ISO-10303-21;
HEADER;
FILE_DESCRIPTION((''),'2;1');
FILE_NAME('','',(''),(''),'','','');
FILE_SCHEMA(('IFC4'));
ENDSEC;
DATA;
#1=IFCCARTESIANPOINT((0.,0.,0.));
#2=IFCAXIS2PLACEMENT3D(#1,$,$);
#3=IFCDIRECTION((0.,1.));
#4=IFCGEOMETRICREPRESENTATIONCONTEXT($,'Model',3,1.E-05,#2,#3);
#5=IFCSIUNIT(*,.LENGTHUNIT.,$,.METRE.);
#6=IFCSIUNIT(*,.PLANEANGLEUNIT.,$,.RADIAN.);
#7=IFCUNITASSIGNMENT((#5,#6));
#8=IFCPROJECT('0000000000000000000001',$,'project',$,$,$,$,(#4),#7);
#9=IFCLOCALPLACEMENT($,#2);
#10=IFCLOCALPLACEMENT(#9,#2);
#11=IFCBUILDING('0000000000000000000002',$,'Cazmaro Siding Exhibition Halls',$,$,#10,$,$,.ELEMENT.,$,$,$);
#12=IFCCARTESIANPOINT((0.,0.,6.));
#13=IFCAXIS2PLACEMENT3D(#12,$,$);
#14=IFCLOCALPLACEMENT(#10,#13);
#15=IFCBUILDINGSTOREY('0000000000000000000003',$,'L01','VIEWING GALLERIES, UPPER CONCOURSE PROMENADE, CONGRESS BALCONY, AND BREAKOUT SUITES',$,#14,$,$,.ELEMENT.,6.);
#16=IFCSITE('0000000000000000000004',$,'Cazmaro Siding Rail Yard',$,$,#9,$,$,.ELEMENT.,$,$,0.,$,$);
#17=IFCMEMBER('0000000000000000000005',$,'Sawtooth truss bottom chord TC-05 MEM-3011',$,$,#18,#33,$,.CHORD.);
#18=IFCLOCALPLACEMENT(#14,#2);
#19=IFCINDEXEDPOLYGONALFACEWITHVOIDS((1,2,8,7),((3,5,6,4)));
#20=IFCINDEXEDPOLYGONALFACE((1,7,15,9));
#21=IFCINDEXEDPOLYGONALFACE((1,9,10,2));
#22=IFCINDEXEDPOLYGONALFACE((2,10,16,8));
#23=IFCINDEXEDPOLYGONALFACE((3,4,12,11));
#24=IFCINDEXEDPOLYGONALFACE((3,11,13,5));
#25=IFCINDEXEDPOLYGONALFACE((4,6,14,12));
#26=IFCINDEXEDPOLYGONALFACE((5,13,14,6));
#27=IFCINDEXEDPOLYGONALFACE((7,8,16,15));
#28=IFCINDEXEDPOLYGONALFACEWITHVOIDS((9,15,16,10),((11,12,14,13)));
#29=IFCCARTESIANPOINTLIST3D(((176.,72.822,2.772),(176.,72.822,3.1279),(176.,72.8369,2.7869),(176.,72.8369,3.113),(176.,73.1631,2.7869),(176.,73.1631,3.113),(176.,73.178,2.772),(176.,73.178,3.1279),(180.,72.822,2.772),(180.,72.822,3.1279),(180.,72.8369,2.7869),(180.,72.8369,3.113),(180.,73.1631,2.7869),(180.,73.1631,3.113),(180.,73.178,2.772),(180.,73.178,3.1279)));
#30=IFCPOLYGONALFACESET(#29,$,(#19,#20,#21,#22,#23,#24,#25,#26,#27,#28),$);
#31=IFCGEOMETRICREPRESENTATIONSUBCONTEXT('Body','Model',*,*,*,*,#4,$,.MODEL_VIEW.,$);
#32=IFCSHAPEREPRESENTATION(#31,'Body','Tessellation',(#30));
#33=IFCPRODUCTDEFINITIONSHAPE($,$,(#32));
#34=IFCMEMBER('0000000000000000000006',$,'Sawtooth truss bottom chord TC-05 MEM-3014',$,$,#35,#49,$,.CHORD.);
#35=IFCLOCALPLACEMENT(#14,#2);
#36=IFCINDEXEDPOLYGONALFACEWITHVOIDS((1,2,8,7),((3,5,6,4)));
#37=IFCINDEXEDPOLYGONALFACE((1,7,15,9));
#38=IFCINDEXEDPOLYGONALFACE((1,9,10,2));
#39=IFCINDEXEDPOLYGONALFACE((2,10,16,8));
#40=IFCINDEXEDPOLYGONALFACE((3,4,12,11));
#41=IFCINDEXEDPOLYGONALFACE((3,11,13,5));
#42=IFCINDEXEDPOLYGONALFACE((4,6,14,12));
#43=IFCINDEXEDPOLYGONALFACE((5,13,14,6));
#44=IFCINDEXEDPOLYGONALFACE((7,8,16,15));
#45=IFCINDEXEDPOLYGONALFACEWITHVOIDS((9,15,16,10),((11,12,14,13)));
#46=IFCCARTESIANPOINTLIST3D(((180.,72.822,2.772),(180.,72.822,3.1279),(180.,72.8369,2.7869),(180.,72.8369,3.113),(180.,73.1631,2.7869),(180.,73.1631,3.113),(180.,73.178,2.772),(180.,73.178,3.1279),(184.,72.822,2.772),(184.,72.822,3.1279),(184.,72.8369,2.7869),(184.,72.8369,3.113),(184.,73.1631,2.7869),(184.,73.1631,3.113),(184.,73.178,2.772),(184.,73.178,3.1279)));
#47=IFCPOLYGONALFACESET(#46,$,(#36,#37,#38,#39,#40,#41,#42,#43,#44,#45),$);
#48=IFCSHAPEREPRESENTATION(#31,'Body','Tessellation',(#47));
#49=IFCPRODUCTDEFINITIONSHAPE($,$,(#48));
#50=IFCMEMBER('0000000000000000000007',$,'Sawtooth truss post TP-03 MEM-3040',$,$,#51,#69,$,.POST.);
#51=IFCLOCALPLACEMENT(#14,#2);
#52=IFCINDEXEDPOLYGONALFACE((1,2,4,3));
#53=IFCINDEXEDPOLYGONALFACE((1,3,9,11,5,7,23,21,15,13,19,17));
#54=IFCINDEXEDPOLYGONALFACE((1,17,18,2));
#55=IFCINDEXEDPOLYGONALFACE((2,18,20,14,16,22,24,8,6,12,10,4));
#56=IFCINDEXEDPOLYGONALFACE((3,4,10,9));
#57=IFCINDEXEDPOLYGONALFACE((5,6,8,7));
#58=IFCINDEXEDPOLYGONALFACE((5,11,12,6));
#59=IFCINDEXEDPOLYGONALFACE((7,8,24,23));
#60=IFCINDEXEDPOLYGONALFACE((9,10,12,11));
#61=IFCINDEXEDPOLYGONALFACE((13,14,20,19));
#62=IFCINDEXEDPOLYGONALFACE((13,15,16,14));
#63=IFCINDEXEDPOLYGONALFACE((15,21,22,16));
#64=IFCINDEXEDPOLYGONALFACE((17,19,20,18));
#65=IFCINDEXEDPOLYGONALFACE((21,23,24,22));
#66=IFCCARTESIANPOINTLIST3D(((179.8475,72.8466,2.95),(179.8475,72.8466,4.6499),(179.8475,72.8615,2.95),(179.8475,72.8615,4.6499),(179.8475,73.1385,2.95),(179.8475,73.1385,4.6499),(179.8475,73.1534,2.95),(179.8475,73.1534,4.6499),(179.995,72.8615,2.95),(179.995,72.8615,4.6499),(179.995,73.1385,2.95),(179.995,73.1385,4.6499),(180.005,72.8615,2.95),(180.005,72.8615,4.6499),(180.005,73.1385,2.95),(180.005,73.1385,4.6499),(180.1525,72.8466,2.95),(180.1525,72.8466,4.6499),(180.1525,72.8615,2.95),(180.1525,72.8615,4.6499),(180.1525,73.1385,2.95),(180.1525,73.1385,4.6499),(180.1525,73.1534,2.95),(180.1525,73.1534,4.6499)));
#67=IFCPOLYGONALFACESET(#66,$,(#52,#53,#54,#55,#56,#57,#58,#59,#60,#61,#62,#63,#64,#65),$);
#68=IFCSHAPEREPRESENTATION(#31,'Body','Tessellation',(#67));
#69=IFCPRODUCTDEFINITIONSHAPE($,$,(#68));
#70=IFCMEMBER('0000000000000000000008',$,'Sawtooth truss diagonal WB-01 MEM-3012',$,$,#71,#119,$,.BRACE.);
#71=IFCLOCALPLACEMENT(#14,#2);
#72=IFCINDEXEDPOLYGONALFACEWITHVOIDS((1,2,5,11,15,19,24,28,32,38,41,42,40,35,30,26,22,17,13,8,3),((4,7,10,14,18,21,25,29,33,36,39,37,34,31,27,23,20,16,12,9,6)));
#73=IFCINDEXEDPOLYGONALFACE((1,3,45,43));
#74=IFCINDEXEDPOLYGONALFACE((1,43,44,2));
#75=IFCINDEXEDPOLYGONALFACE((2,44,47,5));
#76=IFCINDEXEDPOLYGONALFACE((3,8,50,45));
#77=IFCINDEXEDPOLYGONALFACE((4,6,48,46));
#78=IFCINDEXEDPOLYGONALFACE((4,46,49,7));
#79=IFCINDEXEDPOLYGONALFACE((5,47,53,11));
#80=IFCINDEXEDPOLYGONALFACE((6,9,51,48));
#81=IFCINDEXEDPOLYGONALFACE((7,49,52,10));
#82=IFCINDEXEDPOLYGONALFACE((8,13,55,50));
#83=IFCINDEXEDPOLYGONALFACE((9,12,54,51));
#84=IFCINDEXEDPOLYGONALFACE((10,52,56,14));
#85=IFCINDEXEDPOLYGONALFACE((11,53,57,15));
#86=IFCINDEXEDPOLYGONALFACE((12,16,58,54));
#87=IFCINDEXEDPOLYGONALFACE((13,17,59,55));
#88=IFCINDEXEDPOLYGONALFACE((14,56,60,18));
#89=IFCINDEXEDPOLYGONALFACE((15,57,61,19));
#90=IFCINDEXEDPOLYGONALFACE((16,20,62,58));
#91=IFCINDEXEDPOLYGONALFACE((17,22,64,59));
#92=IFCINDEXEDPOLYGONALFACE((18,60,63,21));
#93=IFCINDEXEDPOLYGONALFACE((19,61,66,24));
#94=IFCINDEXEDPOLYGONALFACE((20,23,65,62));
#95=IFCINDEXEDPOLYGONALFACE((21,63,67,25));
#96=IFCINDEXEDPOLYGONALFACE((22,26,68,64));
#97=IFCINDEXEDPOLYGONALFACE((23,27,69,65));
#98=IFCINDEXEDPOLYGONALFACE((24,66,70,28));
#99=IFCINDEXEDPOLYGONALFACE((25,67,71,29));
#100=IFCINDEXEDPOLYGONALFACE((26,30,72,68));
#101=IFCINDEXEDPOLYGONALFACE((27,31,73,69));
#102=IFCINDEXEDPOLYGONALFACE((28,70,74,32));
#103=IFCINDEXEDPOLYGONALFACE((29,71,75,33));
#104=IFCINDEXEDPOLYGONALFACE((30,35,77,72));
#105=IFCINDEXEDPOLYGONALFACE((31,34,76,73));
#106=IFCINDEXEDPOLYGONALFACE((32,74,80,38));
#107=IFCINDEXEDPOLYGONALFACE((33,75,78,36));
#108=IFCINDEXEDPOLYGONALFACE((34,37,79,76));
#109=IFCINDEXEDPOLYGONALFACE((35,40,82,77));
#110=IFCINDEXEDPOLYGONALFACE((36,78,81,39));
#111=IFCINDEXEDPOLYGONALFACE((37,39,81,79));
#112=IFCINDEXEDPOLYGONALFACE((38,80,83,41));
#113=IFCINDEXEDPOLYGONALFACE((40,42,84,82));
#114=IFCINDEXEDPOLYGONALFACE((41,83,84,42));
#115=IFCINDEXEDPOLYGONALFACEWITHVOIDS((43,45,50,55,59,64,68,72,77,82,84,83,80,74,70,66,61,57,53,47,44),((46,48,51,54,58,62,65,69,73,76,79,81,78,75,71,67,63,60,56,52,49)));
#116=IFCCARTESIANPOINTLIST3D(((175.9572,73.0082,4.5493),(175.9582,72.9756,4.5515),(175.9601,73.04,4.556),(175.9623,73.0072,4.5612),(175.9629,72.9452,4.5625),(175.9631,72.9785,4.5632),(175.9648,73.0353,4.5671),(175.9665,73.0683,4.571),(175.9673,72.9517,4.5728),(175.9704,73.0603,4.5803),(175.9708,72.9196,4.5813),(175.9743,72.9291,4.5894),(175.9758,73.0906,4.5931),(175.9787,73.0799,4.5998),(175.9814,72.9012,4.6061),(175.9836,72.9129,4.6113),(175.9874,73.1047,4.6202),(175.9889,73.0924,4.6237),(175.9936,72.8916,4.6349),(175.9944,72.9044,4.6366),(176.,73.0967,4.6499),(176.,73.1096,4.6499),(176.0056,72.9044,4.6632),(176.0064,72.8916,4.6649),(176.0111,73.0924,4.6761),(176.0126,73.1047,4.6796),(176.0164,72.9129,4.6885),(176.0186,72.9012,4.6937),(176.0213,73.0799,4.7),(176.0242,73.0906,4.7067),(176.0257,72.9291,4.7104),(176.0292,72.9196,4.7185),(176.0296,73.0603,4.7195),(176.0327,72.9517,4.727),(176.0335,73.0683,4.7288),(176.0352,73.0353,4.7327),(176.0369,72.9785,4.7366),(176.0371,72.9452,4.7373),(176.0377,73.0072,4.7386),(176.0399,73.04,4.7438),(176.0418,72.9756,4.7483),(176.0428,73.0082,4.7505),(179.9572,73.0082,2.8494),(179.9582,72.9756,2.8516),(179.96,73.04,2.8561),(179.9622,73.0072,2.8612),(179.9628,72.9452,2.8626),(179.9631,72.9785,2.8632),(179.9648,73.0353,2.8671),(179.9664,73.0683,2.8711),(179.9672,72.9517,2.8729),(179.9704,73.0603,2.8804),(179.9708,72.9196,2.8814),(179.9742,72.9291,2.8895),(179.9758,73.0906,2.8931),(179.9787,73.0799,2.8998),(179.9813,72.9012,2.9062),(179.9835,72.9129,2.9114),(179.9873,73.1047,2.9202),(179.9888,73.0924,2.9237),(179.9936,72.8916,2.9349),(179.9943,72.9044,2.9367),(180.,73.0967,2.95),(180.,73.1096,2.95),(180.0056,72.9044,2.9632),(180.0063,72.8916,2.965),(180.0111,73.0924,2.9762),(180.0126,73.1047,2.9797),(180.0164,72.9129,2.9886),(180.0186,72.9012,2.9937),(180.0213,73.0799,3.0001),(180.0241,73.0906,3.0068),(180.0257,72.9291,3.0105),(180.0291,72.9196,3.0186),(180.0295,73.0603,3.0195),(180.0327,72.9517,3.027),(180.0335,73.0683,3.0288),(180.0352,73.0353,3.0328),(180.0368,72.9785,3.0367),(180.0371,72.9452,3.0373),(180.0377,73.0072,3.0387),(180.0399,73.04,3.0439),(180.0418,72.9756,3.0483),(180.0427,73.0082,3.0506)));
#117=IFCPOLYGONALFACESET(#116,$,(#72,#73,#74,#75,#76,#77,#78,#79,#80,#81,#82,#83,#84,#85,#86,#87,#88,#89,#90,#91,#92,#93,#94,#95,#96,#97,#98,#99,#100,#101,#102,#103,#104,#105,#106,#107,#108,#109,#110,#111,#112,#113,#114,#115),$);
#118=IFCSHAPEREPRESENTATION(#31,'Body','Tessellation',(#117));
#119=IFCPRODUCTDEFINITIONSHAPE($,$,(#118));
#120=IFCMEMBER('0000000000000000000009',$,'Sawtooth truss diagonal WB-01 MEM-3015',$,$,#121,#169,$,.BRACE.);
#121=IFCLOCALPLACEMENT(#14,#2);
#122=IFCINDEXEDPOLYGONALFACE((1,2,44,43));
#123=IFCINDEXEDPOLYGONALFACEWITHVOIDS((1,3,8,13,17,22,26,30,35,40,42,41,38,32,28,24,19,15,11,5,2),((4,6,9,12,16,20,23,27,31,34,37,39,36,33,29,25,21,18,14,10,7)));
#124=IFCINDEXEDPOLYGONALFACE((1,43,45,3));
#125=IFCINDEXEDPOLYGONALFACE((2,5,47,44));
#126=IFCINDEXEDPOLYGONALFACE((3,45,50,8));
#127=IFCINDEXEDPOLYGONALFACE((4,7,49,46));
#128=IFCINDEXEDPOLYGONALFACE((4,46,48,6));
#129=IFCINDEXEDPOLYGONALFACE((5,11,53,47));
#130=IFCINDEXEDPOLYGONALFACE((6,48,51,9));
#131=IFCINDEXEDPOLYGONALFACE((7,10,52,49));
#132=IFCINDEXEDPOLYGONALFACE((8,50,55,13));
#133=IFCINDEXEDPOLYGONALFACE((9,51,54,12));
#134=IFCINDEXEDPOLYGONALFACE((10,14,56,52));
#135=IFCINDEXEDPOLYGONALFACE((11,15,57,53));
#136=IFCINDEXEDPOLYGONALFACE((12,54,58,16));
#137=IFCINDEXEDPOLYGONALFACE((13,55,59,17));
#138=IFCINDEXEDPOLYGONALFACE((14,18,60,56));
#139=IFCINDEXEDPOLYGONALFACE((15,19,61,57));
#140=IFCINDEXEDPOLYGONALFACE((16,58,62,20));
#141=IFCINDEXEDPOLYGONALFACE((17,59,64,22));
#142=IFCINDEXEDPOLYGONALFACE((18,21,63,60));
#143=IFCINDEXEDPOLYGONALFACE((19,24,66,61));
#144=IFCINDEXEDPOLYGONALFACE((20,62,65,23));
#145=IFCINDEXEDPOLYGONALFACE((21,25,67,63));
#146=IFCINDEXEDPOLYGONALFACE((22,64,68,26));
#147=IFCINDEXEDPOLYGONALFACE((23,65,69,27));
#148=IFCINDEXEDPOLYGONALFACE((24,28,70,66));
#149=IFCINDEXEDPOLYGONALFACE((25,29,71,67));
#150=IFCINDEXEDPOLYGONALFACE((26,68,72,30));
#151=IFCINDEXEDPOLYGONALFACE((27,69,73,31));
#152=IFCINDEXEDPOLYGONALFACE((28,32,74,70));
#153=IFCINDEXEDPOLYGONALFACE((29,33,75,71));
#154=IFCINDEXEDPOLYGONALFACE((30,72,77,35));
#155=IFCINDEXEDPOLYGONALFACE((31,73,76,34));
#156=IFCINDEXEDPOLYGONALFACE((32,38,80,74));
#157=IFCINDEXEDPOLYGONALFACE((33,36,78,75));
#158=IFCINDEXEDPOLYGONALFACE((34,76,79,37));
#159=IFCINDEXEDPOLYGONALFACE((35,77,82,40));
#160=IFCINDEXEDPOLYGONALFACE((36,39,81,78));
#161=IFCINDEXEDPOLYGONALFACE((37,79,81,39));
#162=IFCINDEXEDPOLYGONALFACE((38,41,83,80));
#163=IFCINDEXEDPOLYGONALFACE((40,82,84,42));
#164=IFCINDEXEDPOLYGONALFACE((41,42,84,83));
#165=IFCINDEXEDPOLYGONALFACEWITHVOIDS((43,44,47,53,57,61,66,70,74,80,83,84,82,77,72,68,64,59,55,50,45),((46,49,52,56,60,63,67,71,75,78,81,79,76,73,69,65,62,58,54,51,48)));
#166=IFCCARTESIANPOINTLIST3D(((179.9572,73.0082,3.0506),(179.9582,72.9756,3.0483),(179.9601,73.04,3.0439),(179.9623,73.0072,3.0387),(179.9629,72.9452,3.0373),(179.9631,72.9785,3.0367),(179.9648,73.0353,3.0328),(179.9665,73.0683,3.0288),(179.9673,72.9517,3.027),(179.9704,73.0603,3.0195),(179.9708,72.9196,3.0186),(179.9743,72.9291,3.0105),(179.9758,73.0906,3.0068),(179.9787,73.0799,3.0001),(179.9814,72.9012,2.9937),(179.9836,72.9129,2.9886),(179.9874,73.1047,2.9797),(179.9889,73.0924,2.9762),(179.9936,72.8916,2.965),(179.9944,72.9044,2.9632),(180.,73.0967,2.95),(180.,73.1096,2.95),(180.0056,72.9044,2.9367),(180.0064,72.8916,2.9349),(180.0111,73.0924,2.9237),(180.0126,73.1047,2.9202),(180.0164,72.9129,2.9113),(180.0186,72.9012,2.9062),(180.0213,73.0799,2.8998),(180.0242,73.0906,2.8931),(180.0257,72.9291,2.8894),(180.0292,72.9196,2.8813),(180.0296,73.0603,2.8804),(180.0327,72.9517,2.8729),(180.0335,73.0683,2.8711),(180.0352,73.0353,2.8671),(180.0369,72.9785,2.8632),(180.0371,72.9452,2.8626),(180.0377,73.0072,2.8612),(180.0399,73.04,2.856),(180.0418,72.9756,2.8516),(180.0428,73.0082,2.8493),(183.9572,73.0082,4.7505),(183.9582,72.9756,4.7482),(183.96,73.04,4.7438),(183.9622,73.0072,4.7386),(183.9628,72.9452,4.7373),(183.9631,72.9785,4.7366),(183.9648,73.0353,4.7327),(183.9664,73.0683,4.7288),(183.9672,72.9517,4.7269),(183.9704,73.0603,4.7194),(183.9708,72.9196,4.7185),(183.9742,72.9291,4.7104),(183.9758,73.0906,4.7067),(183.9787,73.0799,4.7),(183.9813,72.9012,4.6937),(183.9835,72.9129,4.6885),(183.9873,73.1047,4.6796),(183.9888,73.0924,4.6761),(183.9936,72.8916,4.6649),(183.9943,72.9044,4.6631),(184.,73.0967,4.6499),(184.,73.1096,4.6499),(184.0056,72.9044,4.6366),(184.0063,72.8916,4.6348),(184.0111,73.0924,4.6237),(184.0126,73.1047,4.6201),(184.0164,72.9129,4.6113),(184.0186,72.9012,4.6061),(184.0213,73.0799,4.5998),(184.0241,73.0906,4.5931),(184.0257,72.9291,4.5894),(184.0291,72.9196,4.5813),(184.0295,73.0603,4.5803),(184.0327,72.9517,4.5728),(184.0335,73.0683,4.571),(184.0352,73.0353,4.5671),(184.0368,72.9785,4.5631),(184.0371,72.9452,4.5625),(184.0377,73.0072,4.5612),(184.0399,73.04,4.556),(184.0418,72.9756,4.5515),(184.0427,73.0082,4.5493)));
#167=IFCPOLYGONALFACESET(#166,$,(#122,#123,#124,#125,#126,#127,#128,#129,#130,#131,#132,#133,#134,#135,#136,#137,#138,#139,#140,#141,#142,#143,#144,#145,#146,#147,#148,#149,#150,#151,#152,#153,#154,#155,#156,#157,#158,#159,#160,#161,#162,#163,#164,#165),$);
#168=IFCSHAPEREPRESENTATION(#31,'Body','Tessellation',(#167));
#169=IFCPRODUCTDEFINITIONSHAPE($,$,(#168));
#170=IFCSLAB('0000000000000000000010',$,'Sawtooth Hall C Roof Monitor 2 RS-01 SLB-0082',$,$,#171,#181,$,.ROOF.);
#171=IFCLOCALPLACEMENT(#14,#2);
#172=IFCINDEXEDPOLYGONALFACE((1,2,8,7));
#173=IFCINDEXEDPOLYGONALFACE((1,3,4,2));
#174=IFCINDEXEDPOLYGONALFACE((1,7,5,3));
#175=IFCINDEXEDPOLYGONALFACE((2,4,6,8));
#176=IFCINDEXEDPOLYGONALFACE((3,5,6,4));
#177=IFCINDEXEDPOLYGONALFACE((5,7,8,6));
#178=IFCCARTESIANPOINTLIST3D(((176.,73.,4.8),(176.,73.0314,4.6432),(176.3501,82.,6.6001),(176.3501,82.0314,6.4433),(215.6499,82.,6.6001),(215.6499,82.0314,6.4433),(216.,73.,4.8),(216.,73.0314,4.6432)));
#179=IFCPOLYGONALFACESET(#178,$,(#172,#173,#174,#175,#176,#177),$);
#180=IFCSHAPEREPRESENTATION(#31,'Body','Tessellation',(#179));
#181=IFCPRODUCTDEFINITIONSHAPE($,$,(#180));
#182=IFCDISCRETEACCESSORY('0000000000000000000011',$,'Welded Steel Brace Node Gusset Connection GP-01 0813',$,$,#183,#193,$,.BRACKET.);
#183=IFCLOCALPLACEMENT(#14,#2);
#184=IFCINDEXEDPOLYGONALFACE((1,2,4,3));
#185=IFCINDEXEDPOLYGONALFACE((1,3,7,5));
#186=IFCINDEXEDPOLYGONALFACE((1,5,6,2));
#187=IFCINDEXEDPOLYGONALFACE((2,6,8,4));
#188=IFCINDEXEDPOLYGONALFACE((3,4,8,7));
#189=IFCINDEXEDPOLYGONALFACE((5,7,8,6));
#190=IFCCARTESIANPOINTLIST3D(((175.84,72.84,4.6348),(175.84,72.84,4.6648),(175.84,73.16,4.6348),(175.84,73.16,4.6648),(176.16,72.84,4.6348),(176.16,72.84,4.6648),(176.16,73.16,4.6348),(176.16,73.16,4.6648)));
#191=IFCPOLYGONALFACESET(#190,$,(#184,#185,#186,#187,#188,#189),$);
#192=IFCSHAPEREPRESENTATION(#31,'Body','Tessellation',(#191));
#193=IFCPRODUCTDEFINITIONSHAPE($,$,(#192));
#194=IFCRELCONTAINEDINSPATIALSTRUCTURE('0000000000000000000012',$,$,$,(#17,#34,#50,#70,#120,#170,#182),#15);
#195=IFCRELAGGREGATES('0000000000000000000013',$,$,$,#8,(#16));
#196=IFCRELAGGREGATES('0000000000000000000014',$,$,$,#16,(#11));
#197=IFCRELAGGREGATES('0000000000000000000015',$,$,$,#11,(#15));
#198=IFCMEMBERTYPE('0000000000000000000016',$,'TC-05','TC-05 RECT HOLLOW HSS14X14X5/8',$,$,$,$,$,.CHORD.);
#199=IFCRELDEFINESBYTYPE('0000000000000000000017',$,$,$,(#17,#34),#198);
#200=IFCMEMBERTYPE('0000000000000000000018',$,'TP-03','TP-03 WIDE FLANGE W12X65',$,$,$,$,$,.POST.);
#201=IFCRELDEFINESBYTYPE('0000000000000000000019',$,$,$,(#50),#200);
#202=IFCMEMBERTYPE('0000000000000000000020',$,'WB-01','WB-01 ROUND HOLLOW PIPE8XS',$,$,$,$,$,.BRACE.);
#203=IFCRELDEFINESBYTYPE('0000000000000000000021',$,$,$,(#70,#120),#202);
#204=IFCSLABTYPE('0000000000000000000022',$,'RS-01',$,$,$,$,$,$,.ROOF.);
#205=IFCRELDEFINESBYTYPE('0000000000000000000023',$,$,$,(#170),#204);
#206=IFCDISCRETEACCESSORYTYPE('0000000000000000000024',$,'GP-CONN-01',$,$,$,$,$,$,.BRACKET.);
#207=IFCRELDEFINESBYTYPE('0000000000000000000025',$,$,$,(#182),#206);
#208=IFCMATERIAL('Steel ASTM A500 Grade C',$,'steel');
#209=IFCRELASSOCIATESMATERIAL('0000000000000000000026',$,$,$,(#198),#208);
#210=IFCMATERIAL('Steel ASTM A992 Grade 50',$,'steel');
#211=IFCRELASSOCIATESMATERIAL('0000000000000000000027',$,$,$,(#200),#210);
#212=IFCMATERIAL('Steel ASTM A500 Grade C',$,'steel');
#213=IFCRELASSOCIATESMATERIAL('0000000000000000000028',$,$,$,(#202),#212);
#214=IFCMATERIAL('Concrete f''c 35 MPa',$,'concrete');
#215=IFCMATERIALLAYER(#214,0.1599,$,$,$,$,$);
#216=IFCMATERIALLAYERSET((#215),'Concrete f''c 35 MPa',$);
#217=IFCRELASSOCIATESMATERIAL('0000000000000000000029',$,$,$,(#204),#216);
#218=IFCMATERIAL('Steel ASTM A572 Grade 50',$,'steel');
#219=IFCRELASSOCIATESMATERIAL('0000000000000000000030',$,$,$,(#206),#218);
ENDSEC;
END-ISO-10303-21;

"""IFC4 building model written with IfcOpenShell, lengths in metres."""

from ifc_helpers import new_model, si_unit, direction, frame, origin, origin_2d, place, context, subcontext, project, spatial, polyline, rectangle, hollow_rectangle, hollow_circle, i_section, outline, extrude, material, layer, layer_set, material_profile, profile_set, type_object, element, save


model = new_model("IFC4")

# Units and contexts
model_context = context("Model", 3, precision=1e-05, world=origin(), true_north=direction((0.0, 1.0)))
body_context = subcontext(model_context, "Body", "Model", "MODEL_VIEW")
ifc_project = project(units=[si_unit("LENGTHUNIT", "METRE"), si_unit("PLANEANGLEUNIT", "RADIAN")], contexts=[model_context])

# Site, building, storey
site_placement = place(None, origin())
site = spatial("IfcSite", under=ifc_project, at=site_placement, Name="Cazmaro Siding Rail Yard", CompositionType="ELEMENT", RefElevation=0.0)
building_placement = place(site_placement, origin())
building = spatial("IfcBuilding", under=site, at=building_placement, Name="Cazmaro Siding Exhibition Halls", CompositionType="ELEMENT")
storey_placement = place(building_placement, frame((0.0, 0.0, 6.0)))
storey = spatial("IfcBuildingStorey", under=building, at=storey_placement, Name="L01", Description="VIEWING GALLERIES, UPPER CONCOURSE PROMENADE, CONGRESS BALCONY, AND BREAKOUT SUITES", CompositionType="ELEMENT", Elevation=6.0)

# Members
ifc_material_1 = material(Name="Steel ASTM A500 Grade C", Category="steel")
ifc_material_profile_1 = material_profile(ifc_material_1, hollow_rectangle(XDim=0.356, YDim=0.356, WallThickness=0.0149, at=origin_2d()), Name="HSS14X14X5/8")
ifc_profile_set_1 = profile_set([ifc_material_profile_1], Name="Steel ASTM A500 Grade C")
member_type_1 = type_object("IfcMemberType", Name="TC-05", Description="TC-05 RECT HOLLOW HSS14X14X5/8", PredefinedType="CHORD", material=ifc_profile_set_1)
for number, where, z_axis, x_axis, name in (
    (1, (176.0, 73.0, 2.95), (1.0, 0.0, 0.0), (0.0, 1.0, 0.0), "Sawtooth truss bottom chord TC-05 MEM-3011"),
    (2, (180.0, 73.0, 2.95), (1.0, 0.0, 0.0), (0.0, 1.0, 0.0), "Sawtooth truss bottom chord TC-05 MEM-3014"),
):
    element("IfcMember", number, at=place(storey_placement, frame(where, z_axis=z_axis, x_axis=x_axis)), inside=storey, type_object=member_type_1, Name=name, PredefinedType="CHORD", context=body_context, shape_type="SweptSolid", body=[
        extrude(hollow_rectangle(XDim=0.356, YDim=0.356, WallThickness=0.0149, at=origin_2d()), origin(), (0.0, 0.0, 1.0), 4.0),
    ])
ifc_material_2 = material(Name="Steel ASTM A992 Grade 50", Category="steel")
ifc_material_profile_2 = material_profile(ifc_material_2, i_section(OverallWidth=0.3049, OverallDepth=0.3069, WebThickness=0.01, FlangeThickness=0.0149, at=origin_2d()), Name="W12X65")
ifc_profile_set_2 = profile_set([ifc_material_profile_2], Name="Steel ASTM A992 Grade 50")
member_type_2 = type_object("IfcMemberType", Name="TP-03", Description="TP-03 WIDE FLANGE W12X65", PredefinedType="POST", material=ifc_profile_set_2)
member_1_placement = place(storey_placement, frame((180.0, 73.0, 2.95), z_axis=(0.0, 0.0, 1.0), x_axis=(1.0, 0.0, 0.0)))
element("IfcMember", 3, at=member_1_placement, inside=storey, type_object=member_type_2, Name="Sawtooth truss post TP-03 MEM-3040", PredefinedType="POST", context=body_context, shape_type="SweptSolid", body=[
    extrude(i_section(OverallWidth=0.3049, OverallDepth=0.3069, WebThickness=0.01, FlangeThickness=0.0149, at=origin_2d()), origin(), (0.0, 0.0, 1.0), 1.7),
])
ifc_material_3 = material(Name="Steel ASTM A500 Grade C", Category="steel")
ifc_material_profile_3 = material_profile(ifc_material_3, hollow_circle(Radius=0.1096, WallThickness=0.0129, at=origin_2d()), Name="PIPE8XS")
ifc_profile_set_3 = profile_set([ifc_material_profile_3], Name="Steel ASTM A500 Grade C")
member_type_3 = type_object("IfcMemberType", Name="WB-01", Description="WB-01 ROUND HOLLOW PIPE8XS", PredefinedType="BRACE", material=ifc_profile_set_3)
for number, where, z_axis, x_axis, name in (
    (4, (176.0, 73.0, 4.6499), (0.920335, 0.0, -0.391131), (0.0, 1.0, 0.0), "Sawtooth truss diagonal WB-01 MEM-3012"),
    (5, (180.0, 73.0, 2.95), (0.920335, 0.0, 0.391131), (0.0, 1.0, 0.0), "Sawtooth truss diagonal WB-01 MEM-3015"),
):
    element("IfcMember", number, at=place(storey_placement, frame(where, z_axis=z_axis, x_axis=x_axis)), inside=storey, type_object=member_type_3, Name=name, PredefinedType="BRACE", context=body_context, shape_type="SweptSolid", body=[
        extrude(hollow_circle(Radius=0.1096, WallThickness=0.0129, at=origin_2d()), origin(), (0.0, 0.0, 1.0), 4.3462),
    ])

# Slab
ifc_material_4 = material(Name="Concrete f'c 35 MPa", Category="concrete")
ifc_layer_1 = layer(ifc_material_4, 0.1599)
ifc_layer_set_1 = layer_set([ifc_layer_1], Name="Concrete f'c 35 MPa")
slab_type = type_object("IfcSlabType", Name="RS-01", PredefinedType="ROOF", material=ifc_layer_set_1)
slab_placement = place(storey_placement, frame((176.0, 73.0, 4.8), z_axis=(0.0, -0.196121, 0.98058), x_axis=(1.0, 0.0, 0.0)))
element("IfcSlab", 6, at=slab_placement, inside=storey, type_object=slab_type, Name="Sawtooth Hall C Roof Monitor 2 RS-01 SLB-0082", PredefinedType="ROOF", context=body_context, shape_type="SweptSolid", body=[
    extrude(outline(polyline([(0.0, 0.0), (40.0, 0.0), (39.6499, 9.1782), (0.3501, 9.1782), (0.0, 0.0)])), origin(), (0.0, 0.0, -1.0), 0.1599),
])

# Discrete accessory
ifc_material_5 = material(Name="Steel ASTM A572 Grade 50", Category="steel")
discrete_accessory_type = type_object("IfcDiscreteAccessoryType", Name="GP-CONN-01", PredefinedType="BRACKET", material=ifc_material_5)
for number, where, z_axis, x_axis, name in (
    (7, (176.0, 73.0, 4.6348), (0.0, 0.0, 1.0), (1.0, 0.0, 0.0), "Welded Steel Brace Node Gusset Connection GP-01 0813"),
):
    element("IfcDiscreteAccessory", number, at=place(storey_placement, frame(where, z_axis=z_axis, x_axis=x_axis)), inside=storey, type_object=discrete_accessory_type, Name=name, PredefinedType="BRACKET", context=body_context, shape_type="SweptSolid", body=[
        extrude(rectangle(XDim=0.3201, YDim=0.3201, at=origin_2d()), origin(), (0.0, 0.0, 1.0), 0.03),
    ])

save(model, "model.ifc")
